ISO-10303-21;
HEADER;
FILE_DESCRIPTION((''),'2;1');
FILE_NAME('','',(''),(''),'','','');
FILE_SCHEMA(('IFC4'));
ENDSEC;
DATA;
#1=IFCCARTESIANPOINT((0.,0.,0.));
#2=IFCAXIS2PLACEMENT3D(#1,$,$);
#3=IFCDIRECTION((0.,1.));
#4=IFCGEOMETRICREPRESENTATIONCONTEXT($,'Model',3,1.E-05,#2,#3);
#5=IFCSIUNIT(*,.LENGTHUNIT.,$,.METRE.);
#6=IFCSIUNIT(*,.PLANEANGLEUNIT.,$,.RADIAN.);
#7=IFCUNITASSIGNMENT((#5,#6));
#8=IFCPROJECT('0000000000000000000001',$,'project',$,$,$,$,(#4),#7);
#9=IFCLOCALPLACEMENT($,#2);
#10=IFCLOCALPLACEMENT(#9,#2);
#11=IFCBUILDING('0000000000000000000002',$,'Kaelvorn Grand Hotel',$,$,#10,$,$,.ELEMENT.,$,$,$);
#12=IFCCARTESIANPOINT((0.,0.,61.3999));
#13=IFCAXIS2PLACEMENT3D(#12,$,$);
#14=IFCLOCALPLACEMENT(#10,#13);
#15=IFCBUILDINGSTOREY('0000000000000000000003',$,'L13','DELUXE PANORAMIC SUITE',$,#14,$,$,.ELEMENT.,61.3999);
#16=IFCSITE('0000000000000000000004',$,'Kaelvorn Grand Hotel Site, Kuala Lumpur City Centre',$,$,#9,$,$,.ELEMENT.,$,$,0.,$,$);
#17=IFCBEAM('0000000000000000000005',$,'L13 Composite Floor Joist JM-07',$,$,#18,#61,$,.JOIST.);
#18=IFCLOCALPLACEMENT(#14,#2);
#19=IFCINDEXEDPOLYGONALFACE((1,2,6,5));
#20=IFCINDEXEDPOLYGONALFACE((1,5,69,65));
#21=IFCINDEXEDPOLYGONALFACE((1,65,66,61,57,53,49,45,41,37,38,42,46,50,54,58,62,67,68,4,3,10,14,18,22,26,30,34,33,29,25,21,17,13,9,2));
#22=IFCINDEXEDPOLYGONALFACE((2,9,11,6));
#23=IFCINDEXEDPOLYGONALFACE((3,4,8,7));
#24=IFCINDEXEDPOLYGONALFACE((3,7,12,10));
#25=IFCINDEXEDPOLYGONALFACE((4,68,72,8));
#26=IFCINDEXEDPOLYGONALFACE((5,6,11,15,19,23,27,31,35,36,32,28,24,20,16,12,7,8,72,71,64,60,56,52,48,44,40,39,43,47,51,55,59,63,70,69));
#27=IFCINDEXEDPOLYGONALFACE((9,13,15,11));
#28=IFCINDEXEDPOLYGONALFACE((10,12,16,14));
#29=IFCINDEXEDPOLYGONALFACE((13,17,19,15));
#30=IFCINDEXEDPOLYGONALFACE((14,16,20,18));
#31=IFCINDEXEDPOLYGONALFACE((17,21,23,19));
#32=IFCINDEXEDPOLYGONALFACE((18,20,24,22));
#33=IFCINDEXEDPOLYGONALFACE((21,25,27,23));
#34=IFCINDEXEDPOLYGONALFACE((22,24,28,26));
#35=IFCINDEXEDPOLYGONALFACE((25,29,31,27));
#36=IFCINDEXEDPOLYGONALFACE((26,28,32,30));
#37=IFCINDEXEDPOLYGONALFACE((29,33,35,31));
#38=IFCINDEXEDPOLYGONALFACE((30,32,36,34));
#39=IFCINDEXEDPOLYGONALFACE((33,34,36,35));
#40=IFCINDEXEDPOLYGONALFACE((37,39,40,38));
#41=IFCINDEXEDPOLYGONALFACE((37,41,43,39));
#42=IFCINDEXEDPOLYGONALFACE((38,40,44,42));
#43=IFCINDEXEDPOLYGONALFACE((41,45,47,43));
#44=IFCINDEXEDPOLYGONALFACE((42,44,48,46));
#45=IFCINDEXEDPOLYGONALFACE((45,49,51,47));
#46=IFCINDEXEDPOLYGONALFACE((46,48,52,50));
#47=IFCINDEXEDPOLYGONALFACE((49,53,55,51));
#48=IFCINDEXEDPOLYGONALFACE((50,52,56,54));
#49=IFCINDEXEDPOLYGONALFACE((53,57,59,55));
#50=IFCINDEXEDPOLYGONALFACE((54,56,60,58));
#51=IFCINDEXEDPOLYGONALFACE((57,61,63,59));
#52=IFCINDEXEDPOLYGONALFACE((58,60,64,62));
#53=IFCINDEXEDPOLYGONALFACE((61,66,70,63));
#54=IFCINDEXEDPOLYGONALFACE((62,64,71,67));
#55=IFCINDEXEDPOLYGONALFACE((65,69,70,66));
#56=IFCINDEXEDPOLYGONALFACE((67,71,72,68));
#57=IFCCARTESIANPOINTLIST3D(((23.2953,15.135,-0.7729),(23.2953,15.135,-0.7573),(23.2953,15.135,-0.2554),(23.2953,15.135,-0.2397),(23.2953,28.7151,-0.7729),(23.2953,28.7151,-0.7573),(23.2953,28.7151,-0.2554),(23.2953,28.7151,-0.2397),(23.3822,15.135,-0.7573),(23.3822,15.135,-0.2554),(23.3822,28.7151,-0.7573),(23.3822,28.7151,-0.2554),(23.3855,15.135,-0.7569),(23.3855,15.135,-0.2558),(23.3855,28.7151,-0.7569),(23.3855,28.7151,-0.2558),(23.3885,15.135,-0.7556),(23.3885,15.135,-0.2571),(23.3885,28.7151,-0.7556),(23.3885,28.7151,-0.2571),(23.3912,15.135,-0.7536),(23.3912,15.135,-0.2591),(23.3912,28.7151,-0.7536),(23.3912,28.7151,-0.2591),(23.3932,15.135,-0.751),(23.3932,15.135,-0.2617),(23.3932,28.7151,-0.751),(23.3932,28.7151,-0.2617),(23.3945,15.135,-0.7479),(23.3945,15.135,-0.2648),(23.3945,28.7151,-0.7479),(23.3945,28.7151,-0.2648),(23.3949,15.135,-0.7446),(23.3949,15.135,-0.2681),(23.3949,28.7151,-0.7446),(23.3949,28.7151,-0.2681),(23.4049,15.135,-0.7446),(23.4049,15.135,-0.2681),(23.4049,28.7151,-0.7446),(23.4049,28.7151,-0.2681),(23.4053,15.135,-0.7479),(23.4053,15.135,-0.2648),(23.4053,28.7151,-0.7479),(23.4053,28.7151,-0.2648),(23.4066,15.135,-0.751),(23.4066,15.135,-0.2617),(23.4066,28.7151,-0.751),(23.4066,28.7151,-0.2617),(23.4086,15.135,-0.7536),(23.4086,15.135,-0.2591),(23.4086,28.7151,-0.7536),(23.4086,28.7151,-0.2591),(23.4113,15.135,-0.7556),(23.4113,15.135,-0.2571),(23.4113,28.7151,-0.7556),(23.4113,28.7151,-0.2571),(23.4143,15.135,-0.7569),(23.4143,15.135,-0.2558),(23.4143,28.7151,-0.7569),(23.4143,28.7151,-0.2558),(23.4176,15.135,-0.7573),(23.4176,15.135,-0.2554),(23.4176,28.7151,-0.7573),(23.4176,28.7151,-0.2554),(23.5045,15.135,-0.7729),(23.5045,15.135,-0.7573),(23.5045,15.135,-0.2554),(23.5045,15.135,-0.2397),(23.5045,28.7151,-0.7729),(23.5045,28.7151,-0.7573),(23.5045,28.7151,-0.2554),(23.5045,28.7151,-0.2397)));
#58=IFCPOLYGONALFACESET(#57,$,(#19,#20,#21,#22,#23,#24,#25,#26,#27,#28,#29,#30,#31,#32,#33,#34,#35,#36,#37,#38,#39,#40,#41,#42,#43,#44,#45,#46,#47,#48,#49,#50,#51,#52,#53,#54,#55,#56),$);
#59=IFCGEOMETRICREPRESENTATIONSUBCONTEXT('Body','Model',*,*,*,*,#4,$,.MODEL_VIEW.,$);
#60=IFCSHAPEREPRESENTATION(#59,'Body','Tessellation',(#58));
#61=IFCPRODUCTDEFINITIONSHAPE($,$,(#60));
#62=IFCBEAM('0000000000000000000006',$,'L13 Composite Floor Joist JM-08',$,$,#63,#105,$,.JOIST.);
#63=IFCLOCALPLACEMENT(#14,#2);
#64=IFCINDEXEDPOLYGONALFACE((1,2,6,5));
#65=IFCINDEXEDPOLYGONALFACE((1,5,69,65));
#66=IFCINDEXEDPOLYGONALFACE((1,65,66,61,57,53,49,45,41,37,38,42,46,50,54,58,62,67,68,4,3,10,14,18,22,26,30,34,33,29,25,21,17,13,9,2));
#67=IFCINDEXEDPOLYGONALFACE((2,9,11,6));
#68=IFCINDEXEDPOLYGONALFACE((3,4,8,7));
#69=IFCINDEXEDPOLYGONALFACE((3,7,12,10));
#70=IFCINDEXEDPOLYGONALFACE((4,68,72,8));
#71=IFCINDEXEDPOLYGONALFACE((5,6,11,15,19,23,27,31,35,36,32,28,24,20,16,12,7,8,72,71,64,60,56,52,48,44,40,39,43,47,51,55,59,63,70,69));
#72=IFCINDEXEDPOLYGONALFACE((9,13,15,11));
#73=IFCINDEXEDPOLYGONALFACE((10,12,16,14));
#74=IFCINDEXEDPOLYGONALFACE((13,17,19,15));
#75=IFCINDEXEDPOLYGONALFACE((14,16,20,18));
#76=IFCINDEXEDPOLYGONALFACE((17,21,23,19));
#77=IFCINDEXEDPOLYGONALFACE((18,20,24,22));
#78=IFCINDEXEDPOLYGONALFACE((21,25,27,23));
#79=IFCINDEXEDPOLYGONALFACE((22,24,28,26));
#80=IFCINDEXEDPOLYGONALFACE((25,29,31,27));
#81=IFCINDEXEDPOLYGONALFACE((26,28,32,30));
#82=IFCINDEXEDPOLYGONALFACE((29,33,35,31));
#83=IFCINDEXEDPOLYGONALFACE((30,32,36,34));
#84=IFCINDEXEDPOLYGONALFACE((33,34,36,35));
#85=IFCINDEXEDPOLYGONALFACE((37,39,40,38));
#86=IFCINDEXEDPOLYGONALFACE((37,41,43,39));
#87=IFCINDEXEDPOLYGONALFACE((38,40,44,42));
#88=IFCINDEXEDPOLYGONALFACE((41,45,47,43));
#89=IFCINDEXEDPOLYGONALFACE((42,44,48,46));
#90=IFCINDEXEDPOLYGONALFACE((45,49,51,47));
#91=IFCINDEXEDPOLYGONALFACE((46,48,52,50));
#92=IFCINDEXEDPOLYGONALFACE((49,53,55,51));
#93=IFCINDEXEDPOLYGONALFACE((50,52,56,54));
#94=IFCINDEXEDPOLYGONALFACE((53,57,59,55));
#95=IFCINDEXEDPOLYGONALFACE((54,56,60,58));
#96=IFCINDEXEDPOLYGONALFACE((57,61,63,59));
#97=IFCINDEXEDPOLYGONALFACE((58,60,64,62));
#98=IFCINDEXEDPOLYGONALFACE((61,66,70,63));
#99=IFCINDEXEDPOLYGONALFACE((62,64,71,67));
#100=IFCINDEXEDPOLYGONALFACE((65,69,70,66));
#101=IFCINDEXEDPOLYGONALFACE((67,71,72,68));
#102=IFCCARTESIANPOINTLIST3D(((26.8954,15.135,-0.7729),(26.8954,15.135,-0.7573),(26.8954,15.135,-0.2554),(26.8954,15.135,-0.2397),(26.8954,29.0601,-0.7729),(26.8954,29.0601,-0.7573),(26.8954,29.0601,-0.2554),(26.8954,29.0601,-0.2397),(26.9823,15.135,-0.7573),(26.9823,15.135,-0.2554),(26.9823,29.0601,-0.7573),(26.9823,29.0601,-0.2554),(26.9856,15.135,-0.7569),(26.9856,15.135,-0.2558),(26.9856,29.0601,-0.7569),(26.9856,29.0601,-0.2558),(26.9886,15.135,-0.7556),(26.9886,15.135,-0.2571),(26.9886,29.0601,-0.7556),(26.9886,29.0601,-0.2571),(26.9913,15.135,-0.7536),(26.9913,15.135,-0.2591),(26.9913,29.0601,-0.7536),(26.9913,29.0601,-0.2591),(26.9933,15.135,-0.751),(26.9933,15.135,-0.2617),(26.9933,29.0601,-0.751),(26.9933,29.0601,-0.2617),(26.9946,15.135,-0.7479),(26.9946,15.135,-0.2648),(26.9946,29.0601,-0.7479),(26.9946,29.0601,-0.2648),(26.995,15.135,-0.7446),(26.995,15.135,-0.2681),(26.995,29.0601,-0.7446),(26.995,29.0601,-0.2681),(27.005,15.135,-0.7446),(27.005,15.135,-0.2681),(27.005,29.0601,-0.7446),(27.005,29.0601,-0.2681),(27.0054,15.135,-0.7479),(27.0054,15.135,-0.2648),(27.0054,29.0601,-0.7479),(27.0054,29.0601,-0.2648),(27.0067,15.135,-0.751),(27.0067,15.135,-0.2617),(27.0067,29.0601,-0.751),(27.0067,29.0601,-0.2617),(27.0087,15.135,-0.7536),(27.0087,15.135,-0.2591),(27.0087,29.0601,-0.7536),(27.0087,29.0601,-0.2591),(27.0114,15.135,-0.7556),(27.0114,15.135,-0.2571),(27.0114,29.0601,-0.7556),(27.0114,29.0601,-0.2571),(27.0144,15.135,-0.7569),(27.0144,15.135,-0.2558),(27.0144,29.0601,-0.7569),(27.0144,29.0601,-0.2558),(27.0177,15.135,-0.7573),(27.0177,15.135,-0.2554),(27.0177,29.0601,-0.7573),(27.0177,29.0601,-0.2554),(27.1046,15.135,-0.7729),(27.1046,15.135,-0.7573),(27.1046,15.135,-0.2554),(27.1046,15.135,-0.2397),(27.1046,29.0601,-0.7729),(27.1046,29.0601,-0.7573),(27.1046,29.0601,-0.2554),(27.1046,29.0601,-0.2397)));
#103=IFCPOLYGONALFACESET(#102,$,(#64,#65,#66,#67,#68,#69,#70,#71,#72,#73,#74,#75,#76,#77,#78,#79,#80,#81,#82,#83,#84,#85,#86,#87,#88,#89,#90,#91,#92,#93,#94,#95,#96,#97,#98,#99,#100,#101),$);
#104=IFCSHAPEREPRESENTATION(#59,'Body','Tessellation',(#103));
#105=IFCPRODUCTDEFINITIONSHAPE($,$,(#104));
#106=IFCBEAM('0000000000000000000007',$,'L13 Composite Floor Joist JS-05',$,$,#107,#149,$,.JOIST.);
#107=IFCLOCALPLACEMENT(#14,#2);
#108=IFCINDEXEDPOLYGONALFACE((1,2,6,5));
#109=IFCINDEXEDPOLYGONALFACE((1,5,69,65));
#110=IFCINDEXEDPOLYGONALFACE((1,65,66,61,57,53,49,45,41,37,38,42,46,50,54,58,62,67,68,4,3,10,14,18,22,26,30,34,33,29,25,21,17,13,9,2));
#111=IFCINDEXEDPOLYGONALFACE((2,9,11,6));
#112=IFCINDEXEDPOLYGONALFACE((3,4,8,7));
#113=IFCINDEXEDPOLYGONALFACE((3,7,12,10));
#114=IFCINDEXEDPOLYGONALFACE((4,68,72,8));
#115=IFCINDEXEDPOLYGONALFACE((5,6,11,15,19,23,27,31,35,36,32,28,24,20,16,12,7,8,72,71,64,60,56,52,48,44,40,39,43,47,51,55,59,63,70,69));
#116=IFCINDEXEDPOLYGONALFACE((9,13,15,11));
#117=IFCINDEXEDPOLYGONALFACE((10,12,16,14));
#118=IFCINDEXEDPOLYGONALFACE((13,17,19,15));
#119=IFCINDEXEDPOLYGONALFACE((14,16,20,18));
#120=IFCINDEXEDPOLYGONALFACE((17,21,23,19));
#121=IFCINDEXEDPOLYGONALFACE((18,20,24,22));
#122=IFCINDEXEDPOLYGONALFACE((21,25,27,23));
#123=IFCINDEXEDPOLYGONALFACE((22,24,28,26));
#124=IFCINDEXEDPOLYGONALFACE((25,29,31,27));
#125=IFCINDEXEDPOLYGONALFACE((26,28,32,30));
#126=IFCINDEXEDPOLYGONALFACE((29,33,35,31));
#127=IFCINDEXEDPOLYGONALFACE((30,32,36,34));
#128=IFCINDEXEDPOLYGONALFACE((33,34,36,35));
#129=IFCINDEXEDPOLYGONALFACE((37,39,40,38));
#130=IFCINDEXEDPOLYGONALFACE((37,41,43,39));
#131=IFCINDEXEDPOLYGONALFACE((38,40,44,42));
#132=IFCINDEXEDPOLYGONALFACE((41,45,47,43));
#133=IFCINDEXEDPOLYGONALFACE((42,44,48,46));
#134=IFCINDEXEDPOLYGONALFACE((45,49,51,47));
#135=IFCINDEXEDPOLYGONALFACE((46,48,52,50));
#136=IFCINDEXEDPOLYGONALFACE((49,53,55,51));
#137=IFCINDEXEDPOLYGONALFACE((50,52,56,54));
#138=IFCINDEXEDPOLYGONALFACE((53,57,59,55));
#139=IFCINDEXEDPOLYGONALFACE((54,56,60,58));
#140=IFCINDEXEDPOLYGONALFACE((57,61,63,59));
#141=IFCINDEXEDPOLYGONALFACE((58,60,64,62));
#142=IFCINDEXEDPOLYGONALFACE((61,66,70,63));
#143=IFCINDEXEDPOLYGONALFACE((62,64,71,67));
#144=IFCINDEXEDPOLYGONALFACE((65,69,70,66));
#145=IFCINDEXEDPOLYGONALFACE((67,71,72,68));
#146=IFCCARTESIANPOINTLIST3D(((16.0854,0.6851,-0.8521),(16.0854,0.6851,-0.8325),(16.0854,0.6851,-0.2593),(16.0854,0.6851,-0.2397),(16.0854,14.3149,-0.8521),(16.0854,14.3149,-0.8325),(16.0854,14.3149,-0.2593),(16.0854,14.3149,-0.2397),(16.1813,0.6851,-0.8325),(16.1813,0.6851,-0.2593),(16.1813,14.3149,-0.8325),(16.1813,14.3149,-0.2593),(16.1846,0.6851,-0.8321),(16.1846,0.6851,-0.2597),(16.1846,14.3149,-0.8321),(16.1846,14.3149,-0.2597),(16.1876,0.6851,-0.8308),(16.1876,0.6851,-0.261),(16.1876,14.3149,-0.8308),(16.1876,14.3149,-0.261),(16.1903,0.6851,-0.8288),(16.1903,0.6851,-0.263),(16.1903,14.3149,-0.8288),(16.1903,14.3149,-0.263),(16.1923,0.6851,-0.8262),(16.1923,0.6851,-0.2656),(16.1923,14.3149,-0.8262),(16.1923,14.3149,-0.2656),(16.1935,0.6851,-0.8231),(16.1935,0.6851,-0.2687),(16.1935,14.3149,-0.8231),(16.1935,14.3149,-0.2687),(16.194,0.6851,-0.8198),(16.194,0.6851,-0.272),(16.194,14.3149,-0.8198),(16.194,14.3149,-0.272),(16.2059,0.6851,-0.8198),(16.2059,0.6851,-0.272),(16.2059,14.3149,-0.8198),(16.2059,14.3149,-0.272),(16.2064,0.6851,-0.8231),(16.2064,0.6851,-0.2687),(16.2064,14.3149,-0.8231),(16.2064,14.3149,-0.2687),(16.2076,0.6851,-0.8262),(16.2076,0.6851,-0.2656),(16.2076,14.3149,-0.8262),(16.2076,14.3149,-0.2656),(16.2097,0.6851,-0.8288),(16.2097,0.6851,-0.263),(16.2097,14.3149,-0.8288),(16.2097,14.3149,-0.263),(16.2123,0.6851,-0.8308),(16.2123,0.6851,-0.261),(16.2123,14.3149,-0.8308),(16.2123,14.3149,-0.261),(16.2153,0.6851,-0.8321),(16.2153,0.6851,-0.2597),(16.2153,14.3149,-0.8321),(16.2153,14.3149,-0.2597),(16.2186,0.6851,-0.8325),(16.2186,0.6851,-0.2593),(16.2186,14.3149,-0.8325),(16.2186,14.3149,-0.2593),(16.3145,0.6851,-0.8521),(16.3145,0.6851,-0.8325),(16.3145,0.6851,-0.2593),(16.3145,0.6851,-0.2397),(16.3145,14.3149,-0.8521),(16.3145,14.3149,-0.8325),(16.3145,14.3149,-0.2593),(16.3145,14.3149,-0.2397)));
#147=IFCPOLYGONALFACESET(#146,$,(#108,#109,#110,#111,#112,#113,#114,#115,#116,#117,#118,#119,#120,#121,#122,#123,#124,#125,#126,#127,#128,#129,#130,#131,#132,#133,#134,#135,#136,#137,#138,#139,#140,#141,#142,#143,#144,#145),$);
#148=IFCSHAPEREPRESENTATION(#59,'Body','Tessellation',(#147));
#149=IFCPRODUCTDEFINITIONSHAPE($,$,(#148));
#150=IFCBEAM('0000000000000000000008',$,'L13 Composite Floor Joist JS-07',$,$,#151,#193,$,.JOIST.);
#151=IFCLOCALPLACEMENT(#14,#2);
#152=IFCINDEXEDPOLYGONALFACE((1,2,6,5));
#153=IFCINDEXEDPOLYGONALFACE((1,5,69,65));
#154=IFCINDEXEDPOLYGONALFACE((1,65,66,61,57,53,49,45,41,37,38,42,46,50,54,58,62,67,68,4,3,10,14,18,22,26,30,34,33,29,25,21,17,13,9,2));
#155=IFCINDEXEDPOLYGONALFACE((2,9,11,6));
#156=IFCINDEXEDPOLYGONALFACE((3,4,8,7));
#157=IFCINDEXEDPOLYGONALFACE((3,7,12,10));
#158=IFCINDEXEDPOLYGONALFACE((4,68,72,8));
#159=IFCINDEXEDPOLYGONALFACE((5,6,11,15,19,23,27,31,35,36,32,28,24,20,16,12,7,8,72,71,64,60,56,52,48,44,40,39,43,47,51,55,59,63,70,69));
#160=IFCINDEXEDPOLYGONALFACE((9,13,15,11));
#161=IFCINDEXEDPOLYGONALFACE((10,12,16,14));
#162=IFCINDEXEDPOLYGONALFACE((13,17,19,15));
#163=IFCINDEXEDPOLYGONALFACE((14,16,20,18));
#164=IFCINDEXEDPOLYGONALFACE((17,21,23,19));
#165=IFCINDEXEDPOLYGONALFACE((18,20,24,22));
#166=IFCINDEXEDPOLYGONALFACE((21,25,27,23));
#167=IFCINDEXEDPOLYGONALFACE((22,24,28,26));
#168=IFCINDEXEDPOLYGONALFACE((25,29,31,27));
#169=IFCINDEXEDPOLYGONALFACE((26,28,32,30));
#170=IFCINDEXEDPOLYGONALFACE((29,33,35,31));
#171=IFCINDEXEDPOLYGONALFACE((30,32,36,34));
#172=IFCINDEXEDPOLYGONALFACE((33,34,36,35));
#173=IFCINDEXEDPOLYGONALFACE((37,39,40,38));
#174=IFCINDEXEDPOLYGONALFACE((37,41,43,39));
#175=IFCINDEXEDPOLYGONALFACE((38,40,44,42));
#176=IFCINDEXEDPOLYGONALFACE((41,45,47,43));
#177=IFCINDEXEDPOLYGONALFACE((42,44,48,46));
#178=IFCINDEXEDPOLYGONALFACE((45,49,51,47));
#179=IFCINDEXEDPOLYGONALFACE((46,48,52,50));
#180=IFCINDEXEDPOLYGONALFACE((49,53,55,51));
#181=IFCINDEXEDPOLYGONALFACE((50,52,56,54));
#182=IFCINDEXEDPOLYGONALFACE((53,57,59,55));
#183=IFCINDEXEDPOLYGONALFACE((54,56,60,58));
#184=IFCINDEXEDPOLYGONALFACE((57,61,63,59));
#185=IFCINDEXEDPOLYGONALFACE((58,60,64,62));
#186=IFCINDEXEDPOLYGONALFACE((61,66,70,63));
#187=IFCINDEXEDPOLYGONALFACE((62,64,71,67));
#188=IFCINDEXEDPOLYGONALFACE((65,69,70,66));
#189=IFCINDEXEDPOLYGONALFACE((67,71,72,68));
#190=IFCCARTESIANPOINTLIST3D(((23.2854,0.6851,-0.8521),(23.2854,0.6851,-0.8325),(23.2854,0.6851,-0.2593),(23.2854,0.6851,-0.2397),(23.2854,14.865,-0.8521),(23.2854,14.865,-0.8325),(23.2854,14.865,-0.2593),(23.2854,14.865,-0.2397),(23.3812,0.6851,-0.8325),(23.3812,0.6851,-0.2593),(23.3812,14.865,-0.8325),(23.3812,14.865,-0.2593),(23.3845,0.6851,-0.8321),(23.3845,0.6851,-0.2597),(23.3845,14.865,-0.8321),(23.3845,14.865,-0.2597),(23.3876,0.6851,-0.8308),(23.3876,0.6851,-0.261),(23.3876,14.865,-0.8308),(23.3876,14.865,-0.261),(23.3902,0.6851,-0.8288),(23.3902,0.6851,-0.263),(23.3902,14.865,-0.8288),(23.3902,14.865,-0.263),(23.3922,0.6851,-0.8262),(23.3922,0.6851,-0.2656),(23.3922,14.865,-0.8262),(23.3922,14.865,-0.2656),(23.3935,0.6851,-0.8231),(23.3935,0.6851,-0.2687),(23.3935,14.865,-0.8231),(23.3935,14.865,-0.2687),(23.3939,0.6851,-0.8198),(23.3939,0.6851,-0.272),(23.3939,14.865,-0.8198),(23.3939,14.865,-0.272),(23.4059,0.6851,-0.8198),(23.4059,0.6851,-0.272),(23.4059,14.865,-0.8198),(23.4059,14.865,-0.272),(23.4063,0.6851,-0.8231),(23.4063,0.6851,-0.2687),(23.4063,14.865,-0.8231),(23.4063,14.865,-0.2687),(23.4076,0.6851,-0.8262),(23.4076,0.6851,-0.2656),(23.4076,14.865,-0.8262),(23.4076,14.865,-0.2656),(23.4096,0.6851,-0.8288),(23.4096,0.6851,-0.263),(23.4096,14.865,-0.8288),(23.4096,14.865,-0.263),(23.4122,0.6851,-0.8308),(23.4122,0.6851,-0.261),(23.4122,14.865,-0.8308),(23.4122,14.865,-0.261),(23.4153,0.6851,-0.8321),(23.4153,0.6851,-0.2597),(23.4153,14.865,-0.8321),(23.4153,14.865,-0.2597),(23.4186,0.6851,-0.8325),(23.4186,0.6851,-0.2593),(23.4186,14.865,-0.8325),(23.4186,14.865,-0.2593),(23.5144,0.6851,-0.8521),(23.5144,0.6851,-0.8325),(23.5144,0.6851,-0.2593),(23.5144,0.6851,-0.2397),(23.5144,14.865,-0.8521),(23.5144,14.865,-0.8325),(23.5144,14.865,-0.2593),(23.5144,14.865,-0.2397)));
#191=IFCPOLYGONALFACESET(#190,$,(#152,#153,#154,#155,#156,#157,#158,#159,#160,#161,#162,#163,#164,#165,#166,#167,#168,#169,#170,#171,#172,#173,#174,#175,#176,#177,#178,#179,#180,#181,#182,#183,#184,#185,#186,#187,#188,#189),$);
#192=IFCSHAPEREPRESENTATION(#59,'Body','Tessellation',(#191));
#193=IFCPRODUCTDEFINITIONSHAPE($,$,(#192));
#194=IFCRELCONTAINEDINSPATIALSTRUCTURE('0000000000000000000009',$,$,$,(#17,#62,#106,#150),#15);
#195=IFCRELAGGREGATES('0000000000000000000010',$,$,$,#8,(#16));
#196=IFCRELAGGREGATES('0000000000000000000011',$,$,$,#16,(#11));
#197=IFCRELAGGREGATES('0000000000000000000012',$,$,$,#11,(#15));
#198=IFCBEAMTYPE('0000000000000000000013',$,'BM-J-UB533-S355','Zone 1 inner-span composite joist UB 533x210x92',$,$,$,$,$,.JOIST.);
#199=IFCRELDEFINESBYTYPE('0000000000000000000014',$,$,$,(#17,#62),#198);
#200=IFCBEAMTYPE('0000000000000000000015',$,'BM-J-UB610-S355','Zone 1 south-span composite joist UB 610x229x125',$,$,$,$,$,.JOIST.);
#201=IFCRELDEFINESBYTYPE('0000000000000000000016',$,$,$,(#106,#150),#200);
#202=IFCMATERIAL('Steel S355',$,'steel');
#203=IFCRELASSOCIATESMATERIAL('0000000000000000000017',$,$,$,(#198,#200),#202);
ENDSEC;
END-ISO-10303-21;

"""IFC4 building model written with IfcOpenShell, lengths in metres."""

from ifc_helpers import new_model, si_unit, direction, frame, origin, origin_2d, place, context, subcontext, project, spatial, i_section, extrude, material, material_profile, profile_set, type_object, element, save


model = new_model("IFC4")

# Units and contexts
model_context = context("Model", 3, precision=1e-05, world=origin(), true_north=direction((0.0, 1.0)))
body_context = subcontext(model_context, "Body", "Model", "MODEL_VIEW")
ifc_project = project(units=[si_unit("LENGTHUNIT", "METRE"), si_unit("PLANEANGLEUNIT", "RADIAN")], contexts=[model_context])

# Site, building, storey
site_placement = place(None, origin())
site = spatial("IfcSite", under=ifc_project, at=site_placement, Name="Kaelvorn Grand Hotel Site, Kuala Lumpur City Centre", CompositionType="ELEMENT", RefElevation=0.0)
building_placement = place(site_placement, origin())
building = spatial("IfcBuilding", under=site, at=building_placement, Name="Kaelvorn Grand Hotel", CompositionType="ELEMENT")
storey_placement = place(building_placement, frame((0.0, 0.0, 61.3999)))
storey = spatial("IfcBuildingStorey", under=building, at=storey_placement, Name="L13", Description="DELUXE PANORAMIC SUITE", CompositionType="ELEMENT", Elevation=61.3999)

# Beams
ifc_material_1 = material(Name="Steel S355", Category="steel")
ifc_material_profile_1 = material_profile(ifc_material_1, i_section(OverallWidth=0.2092, OverallDepth=0.5332, WebThickness=0.01, FlangeThickness=0.0156, FilletRadius=0.0127, at=origin_2d()), Name="UB 533x210x92")
ifc_profile_set_1 = profile_set([ifc_material_profile_1], Name="Steel S355")
beam_type_1 = type_object("IfcBeamType", Name="BM-J-UB533-S355", Description="Zone 1 inner-span composite joist UB 533x210x92", PredefinedType="JOIST", material=ifc_profile_set_1)
beam_1_placement = place(storey_placement, frame((23.3999, 15.135, -0.5063), z_axis=(0.0, 1.0, 0.0), x_axis=(-1.0, 0.0, 0.0)))
element("IfcBeam", 1, at=beam_1_placement, inside=storey, type_object=beam_type_1, Name="L13 Composite Floor Joist JM-07", PredefinedType="JOIST", context=body_context, shape_type="SweptSolid", body=[
    extrude(i_section(OverallWidth=0.2092, OverallDepth=0.5332, WebThickness=0.01, FlangeThickness=0.0156, FilletRadius=0.0127, at=origin_2d()), origin(), (0.0, 0.0, 1.0), 13.5801),
])
beam_2_placement = place(storey_placement, frame((27.0, 15.135, -0.5063), z_axis=(0.0, 1.0, 0.0), x_axis=(-1.0, 0.0, 0.0)))
element("IfcBeam", 2, at=beam_2_placement, inside=storey, type_object=beam_type_1, Name="L13 Composite Floor Joist JM-08", PredefinedType="JOIST", context=body_context, shape_type="SweptSolid", body=[
    extrude(i_section(OverallWidth=0.2092, OverallDepth=0.5332, WebThickness=0.01, FlangeThickness=0.0156, FilletRadius=0.0127, at=origin_2d()), origin(), (0.0, 0.0, 1.0), 13.925),
])
ifc_material_profile_2 = material_profile(ifc_material_1, i_section(OverallWidth=0.229, OverallDepth=0.6123, WebThickness=0.012, FlangeThickness=0.0195, FilletRadius=0.0127, at=origin_2d()), Name="UB 610x229x125")
ifc_profile_set_2 = profile_set([ifc_material_profile_2], Name="Steel S355")
beam_type_2 = type_object("IfcBeamType", Name="BM-J-UB610-S355", Description="Zone 1 south-span composite joist UB 610x229x125", PredefinedType="JOIST", material=ifc_profile_set_2)
beam_3_placement = place(storey_placement, frame((16.2, 0.6851, -0.5459), z_axis=(0.0, 1.0, 0.0), x_axis=(-1.0, 0.0, 0.0)))
element("IfcBeam", 3, at=beam_3_placement, inside=storey, type_object=beam_type_2, Name="L13 Composite Floor Joist JS-05", PredefinedType="JOIST", context=body_context, shape_type="SweptSolid", body=[
    extrude(i_section(OverallWidth=0.229, OverallDepth=0.6123, WebThickness=0.012, FlangeThickness=0.0195, FilletRadius=0.0127, at=origin_2d()), origin(), (0.0, 0.0, 1.0), 13.6299),
])
beam_4_placement = place(storey_placement, frame((23.3999, 0.6851, -0.5459), z_axis=(0.0, 1.0, 0.0), x_axis=(-1.0, 0.0, 0.0)))
element("IfcBeam", 4, at=beam_4_placement, inside=storey, type_object=beam_type_2, Name="L13 Composite Floor Joist JS-07", PredefinedType="JOIST", context=body_context, shape_type="SweptSolid", body=[
    extrude(i_section(OverallWidth=0.229, OverallDepth=0.6123, WebThickness=0.012, FlangeThickness=0.0195, FilletRadius=0.0127, at=origin_2d()), origin(), (0.0, 0.0, 1.0), 14.1799),
])

save(model, "model.ifc")
